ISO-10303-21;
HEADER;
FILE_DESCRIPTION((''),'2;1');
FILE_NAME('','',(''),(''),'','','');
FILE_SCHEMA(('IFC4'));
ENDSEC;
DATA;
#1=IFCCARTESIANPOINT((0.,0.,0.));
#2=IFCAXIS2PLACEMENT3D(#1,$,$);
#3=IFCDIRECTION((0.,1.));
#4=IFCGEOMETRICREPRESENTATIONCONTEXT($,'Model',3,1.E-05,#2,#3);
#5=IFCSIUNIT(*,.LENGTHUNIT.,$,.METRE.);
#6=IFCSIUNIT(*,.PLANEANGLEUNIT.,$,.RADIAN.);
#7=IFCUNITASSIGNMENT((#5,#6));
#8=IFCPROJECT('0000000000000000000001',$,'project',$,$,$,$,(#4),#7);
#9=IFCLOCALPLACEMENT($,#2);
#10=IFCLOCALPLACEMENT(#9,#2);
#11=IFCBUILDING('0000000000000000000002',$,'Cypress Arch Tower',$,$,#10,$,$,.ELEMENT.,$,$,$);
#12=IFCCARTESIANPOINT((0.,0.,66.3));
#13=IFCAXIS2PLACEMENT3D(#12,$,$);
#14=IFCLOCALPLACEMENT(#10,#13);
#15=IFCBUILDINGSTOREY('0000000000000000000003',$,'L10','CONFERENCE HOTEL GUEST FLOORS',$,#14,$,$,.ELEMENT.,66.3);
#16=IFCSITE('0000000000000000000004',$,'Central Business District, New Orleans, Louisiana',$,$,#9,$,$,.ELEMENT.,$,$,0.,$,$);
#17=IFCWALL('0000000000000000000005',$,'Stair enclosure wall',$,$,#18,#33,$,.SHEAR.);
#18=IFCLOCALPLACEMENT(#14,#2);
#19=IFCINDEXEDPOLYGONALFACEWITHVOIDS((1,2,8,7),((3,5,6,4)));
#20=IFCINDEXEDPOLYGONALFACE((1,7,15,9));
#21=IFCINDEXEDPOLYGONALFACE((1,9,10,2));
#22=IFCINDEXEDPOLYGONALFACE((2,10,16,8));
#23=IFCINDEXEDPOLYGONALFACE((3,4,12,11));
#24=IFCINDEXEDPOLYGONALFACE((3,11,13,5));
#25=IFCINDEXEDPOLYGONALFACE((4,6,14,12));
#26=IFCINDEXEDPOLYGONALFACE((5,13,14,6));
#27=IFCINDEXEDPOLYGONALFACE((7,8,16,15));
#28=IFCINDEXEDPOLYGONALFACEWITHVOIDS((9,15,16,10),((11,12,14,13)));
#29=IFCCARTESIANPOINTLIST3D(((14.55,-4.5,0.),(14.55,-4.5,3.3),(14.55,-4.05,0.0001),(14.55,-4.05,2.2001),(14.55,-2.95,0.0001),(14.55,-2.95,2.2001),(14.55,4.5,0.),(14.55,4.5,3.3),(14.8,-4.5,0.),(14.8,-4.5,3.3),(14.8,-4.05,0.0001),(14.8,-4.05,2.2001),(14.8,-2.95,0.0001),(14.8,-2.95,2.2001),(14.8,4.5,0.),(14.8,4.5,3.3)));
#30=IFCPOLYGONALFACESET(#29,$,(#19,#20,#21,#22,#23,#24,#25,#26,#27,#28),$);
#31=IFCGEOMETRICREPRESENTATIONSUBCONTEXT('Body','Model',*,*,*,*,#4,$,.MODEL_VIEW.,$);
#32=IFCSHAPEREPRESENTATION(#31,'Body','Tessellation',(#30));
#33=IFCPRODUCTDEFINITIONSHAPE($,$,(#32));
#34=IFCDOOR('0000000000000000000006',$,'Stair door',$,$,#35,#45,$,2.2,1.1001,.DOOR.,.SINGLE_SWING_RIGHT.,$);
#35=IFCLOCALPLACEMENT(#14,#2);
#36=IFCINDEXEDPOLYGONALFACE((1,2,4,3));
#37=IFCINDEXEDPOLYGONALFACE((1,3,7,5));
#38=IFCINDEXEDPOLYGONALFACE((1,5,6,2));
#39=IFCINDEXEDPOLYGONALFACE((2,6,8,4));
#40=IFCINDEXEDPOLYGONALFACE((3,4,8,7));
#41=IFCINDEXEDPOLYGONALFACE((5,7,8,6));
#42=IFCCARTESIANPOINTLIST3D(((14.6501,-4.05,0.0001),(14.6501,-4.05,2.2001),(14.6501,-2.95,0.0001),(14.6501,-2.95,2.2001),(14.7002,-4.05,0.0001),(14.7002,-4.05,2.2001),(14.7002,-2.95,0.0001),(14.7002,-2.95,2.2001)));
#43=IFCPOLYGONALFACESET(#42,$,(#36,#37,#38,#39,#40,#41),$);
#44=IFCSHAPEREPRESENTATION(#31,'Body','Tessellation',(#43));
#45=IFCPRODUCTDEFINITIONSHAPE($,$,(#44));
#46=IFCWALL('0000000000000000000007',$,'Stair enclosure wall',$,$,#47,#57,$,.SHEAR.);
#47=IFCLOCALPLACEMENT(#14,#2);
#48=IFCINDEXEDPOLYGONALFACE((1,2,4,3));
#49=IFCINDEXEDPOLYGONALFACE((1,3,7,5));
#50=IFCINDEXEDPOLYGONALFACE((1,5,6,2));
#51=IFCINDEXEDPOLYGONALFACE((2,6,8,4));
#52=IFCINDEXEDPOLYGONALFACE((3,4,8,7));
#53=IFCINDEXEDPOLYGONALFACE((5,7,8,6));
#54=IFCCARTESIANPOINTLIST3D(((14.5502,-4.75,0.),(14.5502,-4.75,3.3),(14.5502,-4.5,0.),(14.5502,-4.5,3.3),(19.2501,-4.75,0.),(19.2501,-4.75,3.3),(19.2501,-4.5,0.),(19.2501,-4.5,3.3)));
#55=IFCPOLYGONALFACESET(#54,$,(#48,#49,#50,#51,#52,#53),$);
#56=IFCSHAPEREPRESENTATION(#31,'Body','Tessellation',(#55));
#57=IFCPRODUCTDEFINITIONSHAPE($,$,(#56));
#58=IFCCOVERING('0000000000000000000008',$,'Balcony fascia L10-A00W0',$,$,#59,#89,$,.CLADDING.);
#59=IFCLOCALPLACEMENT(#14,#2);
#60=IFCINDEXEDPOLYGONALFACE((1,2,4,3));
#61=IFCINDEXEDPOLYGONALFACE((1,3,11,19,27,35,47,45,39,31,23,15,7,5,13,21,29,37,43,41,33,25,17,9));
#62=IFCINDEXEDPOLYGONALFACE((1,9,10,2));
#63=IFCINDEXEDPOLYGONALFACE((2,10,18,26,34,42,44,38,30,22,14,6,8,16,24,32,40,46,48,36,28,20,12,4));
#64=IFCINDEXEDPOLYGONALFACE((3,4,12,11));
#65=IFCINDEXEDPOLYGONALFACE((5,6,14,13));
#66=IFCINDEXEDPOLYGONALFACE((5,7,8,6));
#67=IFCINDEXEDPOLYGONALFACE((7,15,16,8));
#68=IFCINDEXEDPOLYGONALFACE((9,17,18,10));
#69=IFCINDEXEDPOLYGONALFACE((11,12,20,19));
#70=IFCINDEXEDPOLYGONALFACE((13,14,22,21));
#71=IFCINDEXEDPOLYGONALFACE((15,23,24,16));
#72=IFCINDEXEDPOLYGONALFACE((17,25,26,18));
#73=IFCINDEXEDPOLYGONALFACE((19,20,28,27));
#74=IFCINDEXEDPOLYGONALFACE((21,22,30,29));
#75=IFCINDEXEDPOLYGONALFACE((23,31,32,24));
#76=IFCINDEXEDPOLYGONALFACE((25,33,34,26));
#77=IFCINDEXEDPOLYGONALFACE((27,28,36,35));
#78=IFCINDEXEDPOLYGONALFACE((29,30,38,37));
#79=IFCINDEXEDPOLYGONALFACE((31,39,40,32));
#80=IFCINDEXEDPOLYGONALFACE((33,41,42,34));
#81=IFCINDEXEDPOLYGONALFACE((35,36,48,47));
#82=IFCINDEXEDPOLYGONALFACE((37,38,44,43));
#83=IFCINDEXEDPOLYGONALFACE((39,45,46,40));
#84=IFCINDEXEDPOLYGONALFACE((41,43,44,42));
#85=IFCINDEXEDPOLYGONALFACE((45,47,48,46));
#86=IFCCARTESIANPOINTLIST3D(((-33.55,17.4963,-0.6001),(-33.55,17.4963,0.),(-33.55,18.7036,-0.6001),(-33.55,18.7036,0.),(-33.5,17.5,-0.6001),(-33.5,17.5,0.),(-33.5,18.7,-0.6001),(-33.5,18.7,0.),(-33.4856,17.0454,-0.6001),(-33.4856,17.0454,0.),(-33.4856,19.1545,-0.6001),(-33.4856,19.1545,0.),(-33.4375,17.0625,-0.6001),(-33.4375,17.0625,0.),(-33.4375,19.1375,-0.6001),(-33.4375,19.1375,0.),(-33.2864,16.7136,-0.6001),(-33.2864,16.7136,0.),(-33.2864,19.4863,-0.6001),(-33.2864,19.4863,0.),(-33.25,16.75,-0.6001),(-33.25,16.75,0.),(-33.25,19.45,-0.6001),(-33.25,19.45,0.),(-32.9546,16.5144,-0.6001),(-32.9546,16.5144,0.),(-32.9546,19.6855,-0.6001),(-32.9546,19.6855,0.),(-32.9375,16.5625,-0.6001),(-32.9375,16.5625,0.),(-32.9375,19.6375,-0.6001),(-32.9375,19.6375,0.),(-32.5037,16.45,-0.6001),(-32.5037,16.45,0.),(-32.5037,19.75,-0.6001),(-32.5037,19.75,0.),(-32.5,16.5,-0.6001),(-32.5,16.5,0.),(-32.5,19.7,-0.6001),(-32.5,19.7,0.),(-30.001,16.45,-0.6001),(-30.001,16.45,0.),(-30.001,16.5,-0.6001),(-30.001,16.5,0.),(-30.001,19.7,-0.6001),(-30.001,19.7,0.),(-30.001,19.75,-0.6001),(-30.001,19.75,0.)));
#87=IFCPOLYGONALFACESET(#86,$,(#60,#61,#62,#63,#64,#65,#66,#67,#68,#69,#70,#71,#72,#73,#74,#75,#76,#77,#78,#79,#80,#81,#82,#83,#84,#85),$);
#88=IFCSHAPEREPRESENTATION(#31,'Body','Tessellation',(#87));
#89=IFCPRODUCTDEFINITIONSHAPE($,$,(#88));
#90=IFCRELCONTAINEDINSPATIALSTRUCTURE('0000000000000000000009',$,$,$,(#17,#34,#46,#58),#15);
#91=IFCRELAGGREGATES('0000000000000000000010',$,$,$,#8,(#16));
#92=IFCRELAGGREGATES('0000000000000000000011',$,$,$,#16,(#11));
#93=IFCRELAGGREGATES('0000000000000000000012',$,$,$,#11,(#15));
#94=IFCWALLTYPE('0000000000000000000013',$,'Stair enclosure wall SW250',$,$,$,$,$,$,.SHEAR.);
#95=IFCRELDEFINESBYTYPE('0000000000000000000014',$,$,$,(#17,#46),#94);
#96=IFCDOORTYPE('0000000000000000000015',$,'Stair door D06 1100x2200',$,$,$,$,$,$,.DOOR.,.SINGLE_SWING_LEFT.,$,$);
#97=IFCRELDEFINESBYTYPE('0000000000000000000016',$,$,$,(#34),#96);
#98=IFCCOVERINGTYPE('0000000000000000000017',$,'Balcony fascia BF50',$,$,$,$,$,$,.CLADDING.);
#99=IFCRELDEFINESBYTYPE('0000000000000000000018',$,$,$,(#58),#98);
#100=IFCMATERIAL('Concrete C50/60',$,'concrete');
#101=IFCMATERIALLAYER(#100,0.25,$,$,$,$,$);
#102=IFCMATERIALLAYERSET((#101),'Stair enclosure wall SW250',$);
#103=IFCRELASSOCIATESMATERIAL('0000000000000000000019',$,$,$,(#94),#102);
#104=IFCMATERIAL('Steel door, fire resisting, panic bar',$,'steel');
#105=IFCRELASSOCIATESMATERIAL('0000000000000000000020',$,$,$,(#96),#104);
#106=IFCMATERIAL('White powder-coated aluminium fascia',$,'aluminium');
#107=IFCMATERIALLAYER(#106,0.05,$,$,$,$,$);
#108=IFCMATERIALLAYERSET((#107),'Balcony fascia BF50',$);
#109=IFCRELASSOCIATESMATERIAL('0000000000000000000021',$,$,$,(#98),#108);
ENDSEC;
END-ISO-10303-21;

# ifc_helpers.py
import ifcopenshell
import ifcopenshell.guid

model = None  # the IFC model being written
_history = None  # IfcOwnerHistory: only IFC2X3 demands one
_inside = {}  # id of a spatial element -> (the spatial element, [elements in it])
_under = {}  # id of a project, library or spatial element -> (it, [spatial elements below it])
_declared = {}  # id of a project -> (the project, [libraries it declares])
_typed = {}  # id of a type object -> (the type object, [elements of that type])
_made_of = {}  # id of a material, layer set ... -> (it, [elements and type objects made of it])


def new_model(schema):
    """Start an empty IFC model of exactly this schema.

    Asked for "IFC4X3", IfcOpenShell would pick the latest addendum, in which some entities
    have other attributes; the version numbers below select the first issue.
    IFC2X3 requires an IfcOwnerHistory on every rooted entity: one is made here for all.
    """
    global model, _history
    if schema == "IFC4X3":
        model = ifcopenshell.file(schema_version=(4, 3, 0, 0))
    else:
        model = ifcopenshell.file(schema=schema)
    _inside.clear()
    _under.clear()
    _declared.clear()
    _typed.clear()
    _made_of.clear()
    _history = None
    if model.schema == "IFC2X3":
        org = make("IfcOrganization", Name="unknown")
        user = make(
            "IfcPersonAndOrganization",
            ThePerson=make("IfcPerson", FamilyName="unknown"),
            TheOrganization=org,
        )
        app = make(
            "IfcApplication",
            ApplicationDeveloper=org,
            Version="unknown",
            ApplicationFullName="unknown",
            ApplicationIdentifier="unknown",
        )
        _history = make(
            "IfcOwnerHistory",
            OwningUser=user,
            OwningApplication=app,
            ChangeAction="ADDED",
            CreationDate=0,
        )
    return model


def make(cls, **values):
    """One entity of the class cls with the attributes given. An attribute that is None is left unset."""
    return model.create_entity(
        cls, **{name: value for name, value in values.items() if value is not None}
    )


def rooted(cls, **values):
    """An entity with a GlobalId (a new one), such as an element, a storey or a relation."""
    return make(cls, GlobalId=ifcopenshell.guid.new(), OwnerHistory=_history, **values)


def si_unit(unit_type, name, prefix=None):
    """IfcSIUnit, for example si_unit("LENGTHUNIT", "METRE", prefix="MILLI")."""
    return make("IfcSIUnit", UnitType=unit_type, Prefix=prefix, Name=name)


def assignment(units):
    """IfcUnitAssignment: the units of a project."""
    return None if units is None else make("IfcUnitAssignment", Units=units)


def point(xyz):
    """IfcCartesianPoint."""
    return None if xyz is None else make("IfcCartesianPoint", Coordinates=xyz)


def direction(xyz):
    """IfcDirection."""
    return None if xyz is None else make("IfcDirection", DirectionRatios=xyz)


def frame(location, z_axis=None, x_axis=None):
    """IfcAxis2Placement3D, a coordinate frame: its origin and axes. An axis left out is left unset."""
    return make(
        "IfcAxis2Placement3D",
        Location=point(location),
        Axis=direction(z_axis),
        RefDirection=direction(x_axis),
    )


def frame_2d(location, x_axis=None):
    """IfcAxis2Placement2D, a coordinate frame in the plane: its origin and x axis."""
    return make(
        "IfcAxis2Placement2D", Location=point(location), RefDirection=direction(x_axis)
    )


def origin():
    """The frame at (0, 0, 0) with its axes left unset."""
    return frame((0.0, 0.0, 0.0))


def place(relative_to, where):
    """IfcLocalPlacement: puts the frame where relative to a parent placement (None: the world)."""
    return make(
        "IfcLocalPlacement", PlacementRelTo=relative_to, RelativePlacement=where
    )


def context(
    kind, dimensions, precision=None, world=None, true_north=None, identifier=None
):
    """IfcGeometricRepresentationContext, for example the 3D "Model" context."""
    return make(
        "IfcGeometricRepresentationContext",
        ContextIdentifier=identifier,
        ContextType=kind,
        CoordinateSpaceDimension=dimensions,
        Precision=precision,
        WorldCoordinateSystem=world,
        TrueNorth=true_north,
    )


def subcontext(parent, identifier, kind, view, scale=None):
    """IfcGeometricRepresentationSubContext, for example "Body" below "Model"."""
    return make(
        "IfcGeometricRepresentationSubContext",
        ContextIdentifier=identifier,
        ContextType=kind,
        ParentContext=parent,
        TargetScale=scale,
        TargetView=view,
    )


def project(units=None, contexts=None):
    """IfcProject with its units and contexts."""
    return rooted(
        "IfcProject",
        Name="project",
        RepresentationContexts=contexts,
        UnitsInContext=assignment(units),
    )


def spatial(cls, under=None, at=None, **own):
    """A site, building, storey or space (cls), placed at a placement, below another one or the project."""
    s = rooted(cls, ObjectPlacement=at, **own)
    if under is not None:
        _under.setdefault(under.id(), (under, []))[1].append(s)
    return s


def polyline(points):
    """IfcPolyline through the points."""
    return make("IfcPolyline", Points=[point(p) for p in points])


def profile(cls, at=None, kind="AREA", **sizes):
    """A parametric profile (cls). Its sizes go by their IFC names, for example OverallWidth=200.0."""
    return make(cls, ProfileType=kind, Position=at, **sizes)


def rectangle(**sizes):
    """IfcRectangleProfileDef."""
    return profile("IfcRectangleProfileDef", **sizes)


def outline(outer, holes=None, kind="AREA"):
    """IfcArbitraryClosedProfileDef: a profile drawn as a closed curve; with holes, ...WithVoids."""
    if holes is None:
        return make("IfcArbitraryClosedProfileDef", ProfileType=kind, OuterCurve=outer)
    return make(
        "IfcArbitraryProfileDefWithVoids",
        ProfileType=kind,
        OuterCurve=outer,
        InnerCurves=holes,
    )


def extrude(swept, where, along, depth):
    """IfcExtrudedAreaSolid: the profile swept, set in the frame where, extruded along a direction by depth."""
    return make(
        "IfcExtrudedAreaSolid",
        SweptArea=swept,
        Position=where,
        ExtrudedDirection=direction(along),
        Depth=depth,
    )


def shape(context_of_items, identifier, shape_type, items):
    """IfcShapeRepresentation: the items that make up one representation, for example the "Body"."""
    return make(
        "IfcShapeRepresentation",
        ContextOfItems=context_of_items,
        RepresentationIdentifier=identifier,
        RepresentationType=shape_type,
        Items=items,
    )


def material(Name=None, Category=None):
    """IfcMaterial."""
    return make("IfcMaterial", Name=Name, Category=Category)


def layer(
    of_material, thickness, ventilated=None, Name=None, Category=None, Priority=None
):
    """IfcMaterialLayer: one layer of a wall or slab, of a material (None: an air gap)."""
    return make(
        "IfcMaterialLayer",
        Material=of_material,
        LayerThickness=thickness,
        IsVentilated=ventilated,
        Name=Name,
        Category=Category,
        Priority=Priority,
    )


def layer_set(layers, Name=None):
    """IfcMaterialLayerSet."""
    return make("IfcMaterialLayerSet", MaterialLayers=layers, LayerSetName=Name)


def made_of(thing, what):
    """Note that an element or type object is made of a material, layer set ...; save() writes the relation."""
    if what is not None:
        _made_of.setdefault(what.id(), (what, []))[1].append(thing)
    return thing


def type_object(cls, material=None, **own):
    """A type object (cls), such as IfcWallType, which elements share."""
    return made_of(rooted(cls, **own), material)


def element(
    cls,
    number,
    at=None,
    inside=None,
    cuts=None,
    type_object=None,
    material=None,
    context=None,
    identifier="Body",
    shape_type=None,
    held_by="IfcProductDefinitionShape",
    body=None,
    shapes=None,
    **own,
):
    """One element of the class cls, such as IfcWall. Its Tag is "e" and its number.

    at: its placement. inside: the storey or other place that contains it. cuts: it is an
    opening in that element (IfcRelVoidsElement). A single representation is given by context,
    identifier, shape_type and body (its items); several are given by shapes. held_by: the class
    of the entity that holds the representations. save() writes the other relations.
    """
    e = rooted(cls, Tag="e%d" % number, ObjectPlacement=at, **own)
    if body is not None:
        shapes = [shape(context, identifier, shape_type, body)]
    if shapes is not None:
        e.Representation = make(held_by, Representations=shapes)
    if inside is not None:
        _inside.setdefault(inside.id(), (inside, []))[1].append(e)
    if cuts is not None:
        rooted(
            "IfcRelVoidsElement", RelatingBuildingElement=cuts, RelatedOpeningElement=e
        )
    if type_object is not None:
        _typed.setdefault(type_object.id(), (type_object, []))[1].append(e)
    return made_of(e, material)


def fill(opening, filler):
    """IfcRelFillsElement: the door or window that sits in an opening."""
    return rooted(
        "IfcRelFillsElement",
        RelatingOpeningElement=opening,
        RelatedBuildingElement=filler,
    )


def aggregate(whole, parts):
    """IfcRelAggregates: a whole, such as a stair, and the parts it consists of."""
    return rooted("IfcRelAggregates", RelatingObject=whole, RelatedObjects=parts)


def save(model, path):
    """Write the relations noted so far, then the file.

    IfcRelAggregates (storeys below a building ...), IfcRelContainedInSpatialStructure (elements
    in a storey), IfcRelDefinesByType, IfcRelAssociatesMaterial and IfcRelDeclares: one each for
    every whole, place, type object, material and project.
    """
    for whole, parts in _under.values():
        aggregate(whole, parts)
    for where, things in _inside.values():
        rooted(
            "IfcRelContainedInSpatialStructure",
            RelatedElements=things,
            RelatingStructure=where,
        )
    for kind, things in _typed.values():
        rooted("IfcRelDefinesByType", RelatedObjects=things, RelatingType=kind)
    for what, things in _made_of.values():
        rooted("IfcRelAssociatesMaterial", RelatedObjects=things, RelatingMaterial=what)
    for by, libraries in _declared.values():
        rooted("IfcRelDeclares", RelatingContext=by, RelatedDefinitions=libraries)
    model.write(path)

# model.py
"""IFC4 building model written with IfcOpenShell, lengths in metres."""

from ifc_helpers import new_model, si_unit, direction, frame, frame_2d, origin, place, context, subcontext, project, spatial, polyline, rectangle, outline, extrude, material, layer, layer_set, type_object, element, fill, save


model = new_model("IFC4")

# Units and contexts
model_context = context("Model", 3, precision=1e-05, world=origin(), true_north=direction((0.0, 1.0)))
body_context = subcontext(model_context, "Body", "Model", "MODEL_VIEW")
ifc_project = project(units=[si_unit("LENGTHUNIT", "METRE"), si_unit("PLANEANGLEUNIT", "RADIAN")], contexts=[model_context])

# Site, building, storey
site_placement = place(None, origin())
site = spatial("IfcSite", under=ifc_project, at=site_placement, Name="Central Business District, New Orleans, Louisiana", CompositionType="ELEMENT", RefElevation=0.0)
building_placement = place(site_placement, origin())
building = spatial("IfcBuilding", under=site, at=building_placement, Name="Cypress Arch Tower", CompositionType="ELEMENT")
storey_placement = place(building_placement, frame((0.0, 0.0, 66.3)))
storey = spatial("IfcBuildingStorey", under=building, at=storey_placement, Name="L10", Description="CONFERENCE HOTEL GUEST FLOORS", CompositionType="ELEMENT", Elevation=66.3)

# Wall, opening, door
ifc_material_1 = material(Name="Concrete C50/60", Category="concrete")
ifc_layer_1 = layer(ifc_material_1, 0.25)
ifc_layer_set_1 = layer_set([ifc_layer_1], Name="Stair enclosure wall SW250")
wall_type_1 = type_object("IfcWallType", Name="Stair enclosure wall SW250", PredefinedType="SHEAR", material=ifc_layer_set_1)
wall_1_placement = place(storey_placement, frame((14.675, -4.5, 0.0), z_axis=(0.0, 0.0, 1.0), x_axis=(0.0, 1.0, 0.0)))
wall_1 = element("IfcWall", 1, at=wall_1_placement, inside=storey, type_object=wall_type_1, Name="Stair enclosure wall", PredefinedType="SHEAR", context=body_context, shape_type="SweptSolid", body=[
    extrude(rectangle(XDim=9.0, YDim=0.25, at=frame_2d((4.5, 0.0))), origin(), (0.0, 0.0, 1.0), 3.3),
])
opening_1_placement = place(wall_1_placement, frame((0.45, 0.0, 0.0)))
opening_1 = element("IfcOpeningElement", 2, at=opening_1_placement, cuts=wall_1, PredefinedType="OPENING", context=body_context, shape_type="SweptSolid", body=[
    extrude(rectangle(XDim=1.1001, YDim=2.2, at=frame_2d((0.55, 1.1001))), frame((0.0, 0.135, 0.0), z_axis=(0.0, -1.0, 0.0), x_axis=(1.0, 0.0, 0.0)), (0.0, 0.0, 1.0), 0.27),
])
ifc_material_2 = material(Name="Steel door, fire resisting, panic bar", Category="steel")
door_type_1 = type_object("IfcDoorType", Name="Stair door D06 1100x2200", OperationType="SINGLE_SWING_LEFT", PredefinedType="DOOR", material=ifc_material_2)
door_1_placement = place(opening_1_placement, origin())
door_1 = element("IfcDoor", 3, at=door_1_placement, inside=storey, type_object=door_type_1, Name="Stair door", OperationType="SINGLE_SWING_RIGHT", OverallHeight=2.2, OverallWidth=1.1001, PredefinedType="DOOR", context=body_context, shape_type="SweptSolid", body=[
    extrude(rectangle(XDim=1.1001, YDim=2.2, at=frame_2d((0.55, 1.1001))), frame((0.0, 0.0249, 0.0), z_axis=(0.0, -1.0, 0.0), x_axis=(1.0, 0.0, 0.0)), (0.0, 0.0, 1.0), 0.05),
])
fill(opening_1, door_1)

# Wall
wall_2_placement = place(storey_placement, frame((14.55, -4.625, 0.0), z_axis=(0.0, 0.0, 1.0), x_axis=(1.0, 0.0, 0.0)))
element("IfcWall", 4, at=wall_2_placement, inside=storey, type_object=wall_type_1, Name="Stair enclosure wall", PredefinedType="SHEAR", context=body_context, shape_type="SweptSolid", body=[
    extrude(rectangle(XDim=4.7, YDim=0.25, at=frame_2d((2.3501, 0.0))), origin(), (0.0, 0.0, 1.0), 3.3),
])

# Covering
ifc_material_3 = material(Name="White powder-coated aluminium fascia", Category="aluminium")
ifc_layer_2 = layer(ifc_material_3, 0.05)
ifc_layer_set_2 = layer_set([ifc_layer_2], Name="Balcony fascia BF50")
covering_type = type_object("IfcCoveringType", Name="Balcony fascia BF50", PredefinedType="CLADDING", material=ifc_layer_set_2)
covering_placement = place(storey_placement, frame((0.0, 0.0, -0.6001)))
element("IfcCovering", 5, at=covering_placement, inside=storey, type_object=covering_type, Name="Balcony fascia L10-A00W0", PredefinedType="CLADDING", context=body_context, shape_type="SweptSolid", body=[
    extrude(outline(polyline([(-32.5037, 16.45), (-32.9546, 16.5144), (-33.2864, 16.7136), (-33.4856, 17.0454), (-33.55, 17.4963), (-33.55, 18.7036), (-33.4856, 19.1545), (-33.2864, 19.4863), (-32.9546, 19.6855), (-32.5037, 19.75), (-30.001, 19.75), (-30.001, 19.7), (-32.5, 19.7), (-32.9375, 19.6375), (-33.25, 19.45), (-33.4375, 19.1375), (-33.5, 18.7), (-33.5, 17.5), (-33.4375, 17.0625), (-33.25, 16.75), (-32.9375, 16.5625), (-32.5, 16.5), (-30.001, 16.5), (-30.001, 16.45), (-32.5037, 16.45)])), origin(), (0.0, 0.0, 1.0), 0.6001),
])

save(model, "model.ifc")
